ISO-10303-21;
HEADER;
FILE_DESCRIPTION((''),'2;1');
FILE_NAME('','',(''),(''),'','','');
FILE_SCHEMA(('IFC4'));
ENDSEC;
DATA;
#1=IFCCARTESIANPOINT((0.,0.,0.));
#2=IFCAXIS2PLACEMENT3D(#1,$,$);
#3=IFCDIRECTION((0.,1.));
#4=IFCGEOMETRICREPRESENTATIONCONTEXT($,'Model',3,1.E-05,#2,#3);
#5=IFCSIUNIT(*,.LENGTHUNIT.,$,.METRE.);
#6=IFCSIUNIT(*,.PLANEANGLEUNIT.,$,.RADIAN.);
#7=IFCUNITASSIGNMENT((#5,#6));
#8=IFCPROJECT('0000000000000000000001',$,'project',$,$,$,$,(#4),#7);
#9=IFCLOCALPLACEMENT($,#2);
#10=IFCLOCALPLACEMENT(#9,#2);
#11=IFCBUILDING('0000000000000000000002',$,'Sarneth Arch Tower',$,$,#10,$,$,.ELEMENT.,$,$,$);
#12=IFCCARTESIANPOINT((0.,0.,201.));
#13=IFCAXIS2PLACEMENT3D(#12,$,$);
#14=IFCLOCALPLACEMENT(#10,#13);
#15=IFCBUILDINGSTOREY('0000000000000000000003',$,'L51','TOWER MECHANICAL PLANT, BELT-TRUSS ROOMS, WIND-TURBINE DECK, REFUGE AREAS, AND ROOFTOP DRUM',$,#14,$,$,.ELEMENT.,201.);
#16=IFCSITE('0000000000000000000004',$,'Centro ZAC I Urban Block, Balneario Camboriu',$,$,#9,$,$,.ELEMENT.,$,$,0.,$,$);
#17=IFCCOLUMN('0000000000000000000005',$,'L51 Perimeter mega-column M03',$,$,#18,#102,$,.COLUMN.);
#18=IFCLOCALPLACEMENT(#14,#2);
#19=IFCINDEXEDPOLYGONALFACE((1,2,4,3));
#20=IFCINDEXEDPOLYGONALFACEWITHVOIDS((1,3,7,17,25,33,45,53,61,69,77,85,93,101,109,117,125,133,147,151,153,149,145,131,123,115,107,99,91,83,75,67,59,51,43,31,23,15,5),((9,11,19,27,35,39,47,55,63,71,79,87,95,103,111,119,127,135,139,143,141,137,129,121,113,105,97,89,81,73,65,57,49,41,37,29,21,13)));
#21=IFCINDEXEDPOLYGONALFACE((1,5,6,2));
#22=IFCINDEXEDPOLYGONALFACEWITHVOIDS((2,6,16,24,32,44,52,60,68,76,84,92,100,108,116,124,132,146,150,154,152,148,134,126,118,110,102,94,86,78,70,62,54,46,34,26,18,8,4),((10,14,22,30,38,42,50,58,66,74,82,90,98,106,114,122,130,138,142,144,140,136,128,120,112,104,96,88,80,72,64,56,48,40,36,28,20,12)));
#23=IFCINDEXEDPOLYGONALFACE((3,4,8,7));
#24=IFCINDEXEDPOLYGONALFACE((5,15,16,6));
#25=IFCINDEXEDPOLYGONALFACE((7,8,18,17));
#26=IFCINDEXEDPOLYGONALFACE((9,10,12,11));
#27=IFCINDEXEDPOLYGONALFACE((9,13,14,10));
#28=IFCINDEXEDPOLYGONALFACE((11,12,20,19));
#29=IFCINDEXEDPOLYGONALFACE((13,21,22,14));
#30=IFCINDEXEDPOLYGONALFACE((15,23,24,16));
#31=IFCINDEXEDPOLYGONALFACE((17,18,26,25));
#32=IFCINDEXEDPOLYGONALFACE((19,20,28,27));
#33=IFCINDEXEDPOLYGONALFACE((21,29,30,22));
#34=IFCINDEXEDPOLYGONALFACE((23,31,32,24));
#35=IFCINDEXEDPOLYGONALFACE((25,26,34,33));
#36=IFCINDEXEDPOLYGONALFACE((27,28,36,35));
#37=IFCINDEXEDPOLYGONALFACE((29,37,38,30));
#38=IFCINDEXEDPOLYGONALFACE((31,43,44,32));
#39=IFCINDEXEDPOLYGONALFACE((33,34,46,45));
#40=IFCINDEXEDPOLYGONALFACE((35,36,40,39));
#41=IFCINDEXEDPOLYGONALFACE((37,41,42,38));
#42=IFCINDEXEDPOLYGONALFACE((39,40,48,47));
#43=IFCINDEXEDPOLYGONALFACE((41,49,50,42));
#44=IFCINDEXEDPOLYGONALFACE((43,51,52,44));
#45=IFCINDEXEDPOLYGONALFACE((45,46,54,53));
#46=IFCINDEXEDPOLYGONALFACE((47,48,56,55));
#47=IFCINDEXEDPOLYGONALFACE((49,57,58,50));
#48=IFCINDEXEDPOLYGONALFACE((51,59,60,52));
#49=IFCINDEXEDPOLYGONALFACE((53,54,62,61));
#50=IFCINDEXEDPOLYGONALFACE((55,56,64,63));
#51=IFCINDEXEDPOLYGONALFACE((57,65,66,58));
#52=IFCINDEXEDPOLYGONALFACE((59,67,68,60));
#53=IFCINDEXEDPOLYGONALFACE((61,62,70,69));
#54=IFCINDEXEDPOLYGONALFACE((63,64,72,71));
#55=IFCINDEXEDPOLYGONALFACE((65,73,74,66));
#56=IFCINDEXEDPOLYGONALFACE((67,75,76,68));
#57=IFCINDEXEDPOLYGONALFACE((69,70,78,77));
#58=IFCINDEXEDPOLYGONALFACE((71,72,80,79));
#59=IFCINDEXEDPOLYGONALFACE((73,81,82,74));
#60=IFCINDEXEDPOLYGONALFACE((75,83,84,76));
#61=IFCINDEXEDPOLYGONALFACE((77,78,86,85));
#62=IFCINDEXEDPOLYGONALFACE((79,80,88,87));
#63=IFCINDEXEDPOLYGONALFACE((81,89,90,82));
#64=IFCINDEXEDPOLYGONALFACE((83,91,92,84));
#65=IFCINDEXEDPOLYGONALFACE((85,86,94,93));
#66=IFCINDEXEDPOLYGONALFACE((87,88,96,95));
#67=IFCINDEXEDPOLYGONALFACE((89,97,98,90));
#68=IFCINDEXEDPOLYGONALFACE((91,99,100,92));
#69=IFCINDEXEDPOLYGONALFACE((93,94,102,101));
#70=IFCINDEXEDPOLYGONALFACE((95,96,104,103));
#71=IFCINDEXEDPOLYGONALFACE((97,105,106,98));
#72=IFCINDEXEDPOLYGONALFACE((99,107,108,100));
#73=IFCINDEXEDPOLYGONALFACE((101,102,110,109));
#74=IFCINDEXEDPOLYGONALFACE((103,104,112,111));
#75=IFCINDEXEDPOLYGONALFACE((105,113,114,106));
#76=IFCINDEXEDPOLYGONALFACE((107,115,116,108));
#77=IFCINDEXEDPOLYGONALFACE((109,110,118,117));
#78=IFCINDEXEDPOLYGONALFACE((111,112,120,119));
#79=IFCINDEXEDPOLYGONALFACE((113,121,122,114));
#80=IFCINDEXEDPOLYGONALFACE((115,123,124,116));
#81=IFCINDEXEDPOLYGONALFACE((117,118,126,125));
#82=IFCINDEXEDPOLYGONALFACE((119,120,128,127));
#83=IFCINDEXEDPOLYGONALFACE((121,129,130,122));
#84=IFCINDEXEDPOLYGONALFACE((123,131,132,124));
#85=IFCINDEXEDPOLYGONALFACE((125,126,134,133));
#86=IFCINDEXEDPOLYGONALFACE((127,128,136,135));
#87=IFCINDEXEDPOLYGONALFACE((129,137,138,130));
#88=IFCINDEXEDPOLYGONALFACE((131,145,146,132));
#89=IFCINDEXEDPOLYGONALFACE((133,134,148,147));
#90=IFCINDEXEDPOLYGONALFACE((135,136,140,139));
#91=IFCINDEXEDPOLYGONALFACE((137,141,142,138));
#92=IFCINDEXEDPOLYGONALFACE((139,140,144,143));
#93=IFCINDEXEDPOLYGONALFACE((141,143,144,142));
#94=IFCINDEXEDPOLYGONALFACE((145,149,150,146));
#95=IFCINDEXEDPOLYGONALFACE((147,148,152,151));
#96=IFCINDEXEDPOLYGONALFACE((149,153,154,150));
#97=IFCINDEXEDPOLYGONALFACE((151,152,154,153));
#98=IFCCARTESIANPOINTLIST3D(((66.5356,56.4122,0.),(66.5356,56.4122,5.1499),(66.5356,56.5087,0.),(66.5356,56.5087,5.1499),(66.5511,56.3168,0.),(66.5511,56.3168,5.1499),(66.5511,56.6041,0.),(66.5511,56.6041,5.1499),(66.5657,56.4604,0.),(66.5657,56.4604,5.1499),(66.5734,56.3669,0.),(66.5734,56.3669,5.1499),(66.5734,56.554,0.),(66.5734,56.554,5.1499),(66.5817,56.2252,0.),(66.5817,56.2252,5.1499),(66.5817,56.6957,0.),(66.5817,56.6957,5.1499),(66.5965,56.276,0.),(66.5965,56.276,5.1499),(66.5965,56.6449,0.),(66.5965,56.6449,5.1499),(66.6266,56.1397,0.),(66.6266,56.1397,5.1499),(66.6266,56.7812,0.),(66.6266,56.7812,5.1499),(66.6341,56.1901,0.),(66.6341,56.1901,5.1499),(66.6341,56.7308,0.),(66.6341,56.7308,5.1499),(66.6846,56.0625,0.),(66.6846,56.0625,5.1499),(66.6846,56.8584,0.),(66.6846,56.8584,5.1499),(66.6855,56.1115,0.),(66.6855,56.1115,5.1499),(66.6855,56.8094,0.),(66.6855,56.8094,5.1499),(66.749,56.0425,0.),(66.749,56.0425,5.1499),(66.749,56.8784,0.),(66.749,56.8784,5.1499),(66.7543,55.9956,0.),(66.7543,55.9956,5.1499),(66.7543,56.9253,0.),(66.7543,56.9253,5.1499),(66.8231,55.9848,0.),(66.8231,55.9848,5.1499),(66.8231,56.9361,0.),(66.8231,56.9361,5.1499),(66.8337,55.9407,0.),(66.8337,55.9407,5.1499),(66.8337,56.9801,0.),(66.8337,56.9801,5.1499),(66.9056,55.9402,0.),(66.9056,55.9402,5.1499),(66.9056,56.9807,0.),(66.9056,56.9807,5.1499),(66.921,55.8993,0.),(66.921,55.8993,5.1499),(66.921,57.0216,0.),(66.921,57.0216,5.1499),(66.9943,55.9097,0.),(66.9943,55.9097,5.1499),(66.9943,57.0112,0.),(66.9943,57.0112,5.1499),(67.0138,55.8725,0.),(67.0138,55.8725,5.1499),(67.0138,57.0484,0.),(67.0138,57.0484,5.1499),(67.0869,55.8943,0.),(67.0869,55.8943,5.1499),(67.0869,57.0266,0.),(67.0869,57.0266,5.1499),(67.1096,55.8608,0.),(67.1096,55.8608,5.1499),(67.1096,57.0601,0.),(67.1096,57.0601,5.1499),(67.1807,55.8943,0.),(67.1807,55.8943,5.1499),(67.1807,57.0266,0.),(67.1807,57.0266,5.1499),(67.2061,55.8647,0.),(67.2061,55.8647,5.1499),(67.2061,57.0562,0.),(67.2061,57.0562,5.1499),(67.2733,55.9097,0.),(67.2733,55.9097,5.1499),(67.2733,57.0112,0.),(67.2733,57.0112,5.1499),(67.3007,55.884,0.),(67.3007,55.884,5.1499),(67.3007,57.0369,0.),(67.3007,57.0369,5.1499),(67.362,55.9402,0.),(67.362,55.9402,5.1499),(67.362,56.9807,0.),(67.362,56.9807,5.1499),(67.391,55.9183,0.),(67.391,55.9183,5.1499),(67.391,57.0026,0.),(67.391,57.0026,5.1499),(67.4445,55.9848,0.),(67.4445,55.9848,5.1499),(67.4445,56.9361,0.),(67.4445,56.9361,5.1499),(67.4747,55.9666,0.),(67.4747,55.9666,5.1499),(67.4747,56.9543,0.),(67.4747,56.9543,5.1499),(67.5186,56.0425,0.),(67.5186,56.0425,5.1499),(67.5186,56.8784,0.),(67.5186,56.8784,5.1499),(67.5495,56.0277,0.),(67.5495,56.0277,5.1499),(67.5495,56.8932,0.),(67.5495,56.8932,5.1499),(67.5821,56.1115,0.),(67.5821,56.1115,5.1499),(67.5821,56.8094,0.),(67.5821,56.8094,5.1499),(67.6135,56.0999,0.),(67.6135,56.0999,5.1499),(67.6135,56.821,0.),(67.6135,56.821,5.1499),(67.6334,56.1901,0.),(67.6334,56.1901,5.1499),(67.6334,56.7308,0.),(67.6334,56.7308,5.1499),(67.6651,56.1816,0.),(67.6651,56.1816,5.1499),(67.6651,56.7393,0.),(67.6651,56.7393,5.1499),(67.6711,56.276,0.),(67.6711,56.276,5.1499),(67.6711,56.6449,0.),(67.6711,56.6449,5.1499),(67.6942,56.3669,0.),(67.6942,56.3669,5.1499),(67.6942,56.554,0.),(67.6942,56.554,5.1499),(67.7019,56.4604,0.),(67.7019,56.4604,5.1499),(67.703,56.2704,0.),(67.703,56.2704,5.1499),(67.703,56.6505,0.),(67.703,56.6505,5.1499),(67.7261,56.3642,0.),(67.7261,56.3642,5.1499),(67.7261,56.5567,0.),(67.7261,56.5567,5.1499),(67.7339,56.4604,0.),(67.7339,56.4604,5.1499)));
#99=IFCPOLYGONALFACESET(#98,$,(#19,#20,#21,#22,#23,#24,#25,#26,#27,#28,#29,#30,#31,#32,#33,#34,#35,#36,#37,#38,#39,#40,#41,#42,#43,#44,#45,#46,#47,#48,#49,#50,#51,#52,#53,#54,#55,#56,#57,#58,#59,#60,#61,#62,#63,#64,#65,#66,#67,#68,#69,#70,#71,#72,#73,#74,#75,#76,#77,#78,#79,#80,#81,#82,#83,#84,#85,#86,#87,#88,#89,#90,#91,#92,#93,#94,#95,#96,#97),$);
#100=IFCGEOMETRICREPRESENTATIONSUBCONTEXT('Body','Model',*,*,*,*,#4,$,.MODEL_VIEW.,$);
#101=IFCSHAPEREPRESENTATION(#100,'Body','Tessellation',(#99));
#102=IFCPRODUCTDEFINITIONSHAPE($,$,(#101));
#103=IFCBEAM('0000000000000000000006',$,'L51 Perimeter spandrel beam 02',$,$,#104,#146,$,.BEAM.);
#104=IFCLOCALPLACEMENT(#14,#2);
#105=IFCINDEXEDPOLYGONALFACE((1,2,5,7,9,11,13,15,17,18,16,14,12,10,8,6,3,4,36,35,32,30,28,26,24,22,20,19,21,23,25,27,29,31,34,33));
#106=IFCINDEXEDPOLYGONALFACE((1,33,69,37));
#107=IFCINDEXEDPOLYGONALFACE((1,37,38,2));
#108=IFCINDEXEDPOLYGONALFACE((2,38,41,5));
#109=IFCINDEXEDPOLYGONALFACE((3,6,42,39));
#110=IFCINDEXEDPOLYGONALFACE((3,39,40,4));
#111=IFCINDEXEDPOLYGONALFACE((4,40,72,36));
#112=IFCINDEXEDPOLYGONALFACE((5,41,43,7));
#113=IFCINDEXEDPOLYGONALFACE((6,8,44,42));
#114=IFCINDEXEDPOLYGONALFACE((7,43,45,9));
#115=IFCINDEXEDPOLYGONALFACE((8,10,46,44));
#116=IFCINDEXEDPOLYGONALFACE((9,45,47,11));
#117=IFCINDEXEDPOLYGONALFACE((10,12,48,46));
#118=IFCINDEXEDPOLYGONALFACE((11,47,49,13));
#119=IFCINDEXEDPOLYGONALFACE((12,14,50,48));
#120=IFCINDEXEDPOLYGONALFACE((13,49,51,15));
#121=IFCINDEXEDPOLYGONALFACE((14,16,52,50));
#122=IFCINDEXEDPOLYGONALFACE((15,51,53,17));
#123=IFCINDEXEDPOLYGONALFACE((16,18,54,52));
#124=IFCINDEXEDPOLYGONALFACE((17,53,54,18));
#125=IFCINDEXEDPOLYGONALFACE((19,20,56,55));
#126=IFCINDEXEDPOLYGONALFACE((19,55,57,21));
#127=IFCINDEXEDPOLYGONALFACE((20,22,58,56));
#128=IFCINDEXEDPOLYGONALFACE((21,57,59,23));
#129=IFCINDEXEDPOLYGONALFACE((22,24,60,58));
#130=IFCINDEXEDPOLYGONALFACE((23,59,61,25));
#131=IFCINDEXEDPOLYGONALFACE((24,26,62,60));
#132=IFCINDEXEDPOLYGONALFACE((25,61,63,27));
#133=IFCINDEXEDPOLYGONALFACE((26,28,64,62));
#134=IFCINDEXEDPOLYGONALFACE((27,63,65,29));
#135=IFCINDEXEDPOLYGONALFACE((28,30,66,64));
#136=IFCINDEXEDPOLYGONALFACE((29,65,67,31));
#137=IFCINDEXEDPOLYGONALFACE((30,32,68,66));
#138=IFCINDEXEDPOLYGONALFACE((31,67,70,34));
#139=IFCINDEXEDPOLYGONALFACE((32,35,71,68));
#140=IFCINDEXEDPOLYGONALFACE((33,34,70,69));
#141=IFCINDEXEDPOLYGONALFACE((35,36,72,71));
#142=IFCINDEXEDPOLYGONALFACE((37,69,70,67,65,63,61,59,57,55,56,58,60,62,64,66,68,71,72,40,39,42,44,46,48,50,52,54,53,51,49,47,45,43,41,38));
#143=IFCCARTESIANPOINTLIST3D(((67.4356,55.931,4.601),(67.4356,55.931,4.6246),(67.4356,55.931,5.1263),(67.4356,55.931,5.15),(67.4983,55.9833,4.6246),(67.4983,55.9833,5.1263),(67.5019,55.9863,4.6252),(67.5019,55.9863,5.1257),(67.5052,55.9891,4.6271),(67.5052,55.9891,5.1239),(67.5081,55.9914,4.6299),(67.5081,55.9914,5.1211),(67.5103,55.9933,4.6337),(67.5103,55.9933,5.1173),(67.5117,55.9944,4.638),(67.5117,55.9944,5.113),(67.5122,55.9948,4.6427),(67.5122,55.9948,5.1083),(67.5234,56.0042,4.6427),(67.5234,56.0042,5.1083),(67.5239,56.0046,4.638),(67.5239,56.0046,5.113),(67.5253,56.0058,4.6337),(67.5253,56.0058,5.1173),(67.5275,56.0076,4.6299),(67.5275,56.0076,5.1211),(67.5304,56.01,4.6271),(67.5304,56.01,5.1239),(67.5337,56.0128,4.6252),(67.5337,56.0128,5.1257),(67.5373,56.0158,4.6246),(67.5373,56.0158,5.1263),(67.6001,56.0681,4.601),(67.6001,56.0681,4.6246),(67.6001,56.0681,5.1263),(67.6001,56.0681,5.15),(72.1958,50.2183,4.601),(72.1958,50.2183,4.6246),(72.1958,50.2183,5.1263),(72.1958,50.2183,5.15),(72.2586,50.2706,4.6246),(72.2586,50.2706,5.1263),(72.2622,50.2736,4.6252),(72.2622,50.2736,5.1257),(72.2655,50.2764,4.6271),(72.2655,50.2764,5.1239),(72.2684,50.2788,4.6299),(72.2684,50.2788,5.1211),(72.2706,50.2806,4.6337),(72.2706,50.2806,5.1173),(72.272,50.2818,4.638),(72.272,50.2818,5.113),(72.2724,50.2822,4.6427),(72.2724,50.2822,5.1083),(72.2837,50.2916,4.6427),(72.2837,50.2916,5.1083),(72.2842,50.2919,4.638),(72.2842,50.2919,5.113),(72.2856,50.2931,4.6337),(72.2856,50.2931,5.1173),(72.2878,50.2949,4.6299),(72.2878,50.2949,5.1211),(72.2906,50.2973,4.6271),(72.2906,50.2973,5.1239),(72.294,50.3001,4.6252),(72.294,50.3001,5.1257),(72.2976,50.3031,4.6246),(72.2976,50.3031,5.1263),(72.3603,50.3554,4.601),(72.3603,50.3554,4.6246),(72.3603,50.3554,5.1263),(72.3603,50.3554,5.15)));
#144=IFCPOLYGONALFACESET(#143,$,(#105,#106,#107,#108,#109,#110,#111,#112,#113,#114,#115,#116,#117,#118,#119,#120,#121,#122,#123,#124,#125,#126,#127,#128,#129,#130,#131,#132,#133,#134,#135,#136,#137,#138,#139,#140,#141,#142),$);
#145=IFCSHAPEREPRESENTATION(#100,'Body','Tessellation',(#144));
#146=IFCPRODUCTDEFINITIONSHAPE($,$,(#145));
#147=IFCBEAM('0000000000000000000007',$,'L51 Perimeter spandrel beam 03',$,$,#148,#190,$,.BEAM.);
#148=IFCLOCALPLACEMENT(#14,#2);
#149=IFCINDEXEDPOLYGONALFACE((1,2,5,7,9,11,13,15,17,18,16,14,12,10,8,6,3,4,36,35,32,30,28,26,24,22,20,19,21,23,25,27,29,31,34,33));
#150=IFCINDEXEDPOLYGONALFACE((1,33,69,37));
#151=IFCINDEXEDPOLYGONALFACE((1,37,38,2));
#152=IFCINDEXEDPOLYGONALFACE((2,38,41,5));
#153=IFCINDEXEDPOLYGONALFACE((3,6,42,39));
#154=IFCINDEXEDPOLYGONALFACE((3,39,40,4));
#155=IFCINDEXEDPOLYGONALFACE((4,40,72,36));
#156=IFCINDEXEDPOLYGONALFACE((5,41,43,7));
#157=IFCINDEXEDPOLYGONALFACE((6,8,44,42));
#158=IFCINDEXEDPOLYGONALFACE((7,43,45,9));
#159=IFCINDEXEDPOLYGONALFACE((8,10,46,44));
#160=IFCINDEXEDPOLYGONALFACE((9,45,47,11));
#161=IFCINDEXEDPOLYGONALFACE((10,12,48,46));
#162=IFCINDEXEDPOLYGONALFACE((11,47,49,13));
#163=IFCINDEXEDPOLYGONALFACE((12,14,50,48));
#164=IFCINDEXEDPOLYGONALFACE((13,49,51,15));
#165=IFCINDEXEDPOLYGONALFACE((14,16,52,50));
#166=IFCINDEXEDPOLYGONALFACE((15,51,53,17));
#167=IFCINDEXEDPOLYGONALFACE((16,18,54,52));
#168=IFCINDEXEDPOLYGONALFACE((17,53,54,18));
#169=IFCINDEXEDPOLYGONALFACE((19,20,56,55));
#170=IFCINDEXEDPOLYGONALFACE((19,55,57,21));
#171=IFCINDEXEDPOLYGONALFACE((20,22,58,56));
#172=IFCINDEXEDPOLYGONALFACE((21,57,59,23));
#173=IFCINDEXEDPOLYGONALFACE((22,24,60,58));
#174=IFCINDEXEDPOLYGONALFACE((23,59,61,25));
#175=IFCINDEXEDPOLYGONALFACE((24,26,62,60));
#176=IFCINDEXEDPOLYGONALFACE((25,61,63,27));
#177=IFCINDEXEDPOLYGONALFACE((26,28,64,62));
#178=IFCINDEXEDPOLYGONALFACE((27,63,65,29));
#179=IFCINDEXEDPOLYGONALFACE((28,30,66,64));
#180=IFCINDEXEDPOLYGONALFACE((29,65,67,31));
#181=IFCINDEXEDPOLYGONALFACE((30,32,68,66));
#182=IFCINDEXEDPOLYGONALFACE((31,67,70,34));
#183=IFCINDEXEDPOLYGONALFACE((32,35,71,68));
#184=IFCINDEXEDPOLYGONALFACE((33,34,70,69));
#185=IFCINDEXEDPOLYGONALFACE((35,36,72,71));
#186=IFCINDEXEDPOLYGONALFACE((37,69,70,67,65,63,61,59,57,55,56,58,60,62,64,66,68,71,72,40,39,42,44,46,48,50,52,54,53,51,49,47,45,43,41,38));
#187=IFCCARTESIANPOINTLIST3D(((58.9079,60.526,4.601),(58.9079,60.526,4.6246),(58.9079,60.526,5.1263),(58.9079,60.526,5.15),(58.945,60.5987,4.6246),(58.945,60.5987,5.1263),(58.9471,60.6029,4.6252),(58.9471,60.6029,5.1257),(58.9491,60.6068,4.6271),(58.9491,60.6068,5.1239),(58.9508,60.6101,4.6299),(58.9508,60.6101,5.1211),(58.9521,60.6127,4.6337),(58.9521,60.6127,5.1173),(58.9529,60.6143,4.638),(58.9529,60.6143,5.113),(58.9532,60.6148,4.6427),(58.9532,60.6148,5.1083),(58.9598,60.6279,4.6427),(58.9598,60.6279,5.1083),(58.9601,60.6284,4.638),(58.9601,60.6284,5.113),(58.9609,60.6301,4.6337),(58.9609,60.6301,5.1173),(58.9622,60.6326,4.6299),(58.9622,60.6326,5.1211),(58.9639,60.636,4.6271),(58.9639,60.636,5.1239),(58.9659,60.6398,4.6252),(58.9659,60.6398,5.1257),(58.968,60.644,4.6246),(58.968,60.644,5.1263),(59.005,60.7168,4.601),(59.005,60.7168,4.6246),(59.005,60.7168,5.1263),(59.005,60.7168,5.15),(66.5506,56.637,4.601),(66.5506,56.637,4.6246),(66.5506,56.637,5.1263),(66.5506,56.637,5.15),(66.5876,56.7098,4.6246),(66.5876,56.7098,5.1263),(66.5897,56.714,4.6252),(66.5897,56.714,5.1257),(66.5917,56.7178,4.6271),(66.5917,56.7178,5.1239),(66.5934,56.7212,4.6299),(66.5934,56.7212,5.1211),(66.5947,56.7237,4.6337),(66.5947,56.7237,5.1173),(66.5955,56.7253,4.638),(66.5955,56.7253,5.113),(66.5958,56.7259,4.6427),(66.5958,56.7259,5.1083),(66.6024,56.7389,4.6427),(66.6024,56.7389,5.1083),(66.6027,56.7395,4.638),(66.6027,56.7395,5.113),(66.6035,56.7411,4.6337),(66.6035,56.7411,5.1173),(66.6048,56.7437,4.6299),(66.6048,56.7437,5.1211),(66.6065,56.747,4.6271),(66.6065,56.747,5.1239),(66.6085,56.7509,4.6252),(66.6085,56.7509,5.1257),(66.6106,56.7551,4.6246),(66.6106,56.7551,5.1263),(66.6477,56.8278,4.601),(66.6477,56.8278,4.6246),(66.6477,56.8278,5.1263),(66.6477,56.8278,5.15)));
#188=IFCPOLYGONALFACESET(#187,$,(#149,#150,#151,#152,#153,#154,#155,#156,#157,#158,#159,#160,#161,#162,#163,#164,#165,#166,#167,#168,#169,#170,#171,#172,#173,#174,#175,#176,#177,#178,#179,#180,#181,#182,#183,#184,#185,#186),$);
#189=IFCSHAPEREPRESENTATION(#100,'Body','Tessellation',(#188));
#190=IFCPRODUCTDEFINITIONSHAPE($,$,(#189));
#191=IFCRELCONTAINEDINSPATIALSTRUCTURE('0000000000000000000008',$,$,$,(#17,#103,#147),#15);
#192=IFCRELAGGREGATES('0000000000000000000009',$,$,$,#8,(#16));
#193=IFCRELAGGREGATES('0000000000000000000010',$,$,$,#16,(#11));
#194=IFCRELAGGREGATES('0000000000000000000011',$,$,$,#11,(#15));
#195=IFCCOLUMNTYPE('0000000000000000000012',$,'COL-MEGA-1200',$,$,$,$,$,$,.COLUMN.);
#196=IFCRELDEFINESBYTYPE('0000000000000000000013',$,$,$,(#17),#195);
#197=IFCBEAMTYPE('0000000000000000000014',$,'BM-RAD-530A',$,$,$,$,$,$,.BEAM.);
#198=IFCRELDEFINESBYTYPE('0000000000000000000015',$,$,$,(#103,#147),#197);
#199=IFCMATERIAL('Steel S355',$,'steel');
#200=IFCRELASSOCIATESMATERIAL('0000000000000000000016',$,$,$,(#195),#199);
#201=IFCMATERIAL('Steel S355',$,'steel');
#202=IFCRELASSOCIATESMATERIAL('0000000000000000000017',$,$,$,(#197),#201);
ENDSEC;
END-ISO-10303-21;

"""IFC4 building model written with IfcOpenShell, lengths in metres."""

from ifc_helpers import new_model, si_unit, direction, frame, origin, origin_2d, place, context, subcontext, project, spatial, hollow_circle, i_section, extrude, material, material_profile, profile_set, type_object, element, save


model = new_model("IFC4")

# Units and contexts
model_context = context("Model", 3, precision=1e-05, world=origin(), true_north=direction((0.0, 1.0)))
body_context = subcontext(model_context, "Body", "Model", "MODEL_VIEW")
ifc_project = project(units=[si_unit("LENGTHUNIT", "METRE"), si_unit("PLANEANGLEUNIT", "RADIAN")], contexts=[model_context])

# Site, building, storey
site_placement = place(None, origin())
site = spatial("IfcSite", under=ifc_project, at=site_placement, Name="Centro ZAC I Urban Block, Balneario Camboriu", CompositionType="ELEMENT", RefElevation=0.0)
building_placement = place(site_placement, origin())
building = spatial("IfcBuilding", under=site, at=building_placement, Name="Sarneth Arch Tower", CompositionType="ELEMENT")
storey_placement = place(building_placement, frame((0.0, 0.0, 201.0)))
storey = spatial("IfcBuildingStorey", under=building, at=storey_placement, Name="L51", Description="TOWER MECHANICAL PLANT, BELT-TRUSS ROOMS, WIND-TURBINE DECK, REFUGE AREAS, AND ROOFTOP DRUM", CompositionType="ELEMENT", Elevation=201.0)

# Column
ifc_material_1 = material(Name="Steel S355", Category="steel")
ifc_material_profile_1 = material_profile(ifc_material_1, hollow_circle(Radius=0.6001, WallThickness=0.032, at=origin_2d()), Name="CHS1200x32")
ifc_profile_set_1 = profile_set([ifc_material_profile_1], Name="Steel S355")
column_type = type_object("IfcColumnType", Name="COL-MEGA-1200", PredefinedType="COLUMN", material=ifc_profile_set_1)
column_placement = place(storey_placement, frame((67.1338, 56.4604, 0.0), z_axis=(0.0, 0.0, 1.0), x_axis=(1.0, 0.0, 0.0)))
element("IfcColumn", 1, at=column_placement, inside=storey, type_object=column_type, Name="L51 Perimeter mega-column M03", PredefinedType="COLUMN", context=body_context, shape_type="SweptSolid", body=[
    extrude(hollow_circle(Radius=0.6001, WallThickness=0.032, at=origin_2d()), origin(), (0.0, 0.0, 1.0), 5.1499),
])

# Beams
ifc_material_2 = material(Name="Steel S355", Category="steel")
ifc_material_profile_2 = material_profile(ifc_material_2, i_section(OverallWidth=0.2141, OverallDepth=0.5491, WebThickness=0.0146, FlangeThickness=0.0237, FilletRadius=0.0181, at=origin_2d()), Name="W530x138")
ifc_profile_set_2 = profile_set([ifc_material_profile_2], Name="Steel S355")
beam_type = type_object("IfcBeamType", Name="BM-RAD-530A", PredefinedType="BEAM", material=ifc_profile_set_2)
beam_1_placement = place(storey_placement, frame((72.2781, 50.2869, 4.8755), z_axis=(-0.640162, 0.76824, 0.0), x_axis=(-0.76824, -0.640162, 0.0)))
element("IfcBeam", 2, at=beam_1_placement, inside=storey, type_object=beam_type, Name="L51 Perimeter spandrel beam 02", PredefinedType="BEAM", context=body_context, shape_type="SweptSolid", body=[
    extrude(i_section(OverallWidth=0.2141, OverallDepth=0.5491, WebThickness=0.0146, FlangeThickness=0.0237, FilletRadius=0.0181, at=origin_2d()), origin(), (0.0, 0.0, 1.0), 7.436),
])
beam_2_placement = place(storey_placement, frame((66.5991, 56.7324, 4.8755), z_axis=(-0.89125, 0.453512, 0.0), x_axis=(-0.453512, -0.89125, 0.0)))
element("IfcBeam", 3, at=beam_2_placement, inside=storey, type_object=beam_type, Name="L51 Perimeter spandrel beam 03", PredefinedType="BEAM", context=body_context, shape_type="SweptSolid", body=[
    extrude(i_section(OverallWidth=0.2141, OverallDepth=0.5491, WebThickness=0.0146, FlangeThickness=0.0237, FilletRadius=0.0181, at=origin_2d()), origin(), (0.0, 0.0, 1.0), 8.5752),
])

save(model, "model.ifc")
